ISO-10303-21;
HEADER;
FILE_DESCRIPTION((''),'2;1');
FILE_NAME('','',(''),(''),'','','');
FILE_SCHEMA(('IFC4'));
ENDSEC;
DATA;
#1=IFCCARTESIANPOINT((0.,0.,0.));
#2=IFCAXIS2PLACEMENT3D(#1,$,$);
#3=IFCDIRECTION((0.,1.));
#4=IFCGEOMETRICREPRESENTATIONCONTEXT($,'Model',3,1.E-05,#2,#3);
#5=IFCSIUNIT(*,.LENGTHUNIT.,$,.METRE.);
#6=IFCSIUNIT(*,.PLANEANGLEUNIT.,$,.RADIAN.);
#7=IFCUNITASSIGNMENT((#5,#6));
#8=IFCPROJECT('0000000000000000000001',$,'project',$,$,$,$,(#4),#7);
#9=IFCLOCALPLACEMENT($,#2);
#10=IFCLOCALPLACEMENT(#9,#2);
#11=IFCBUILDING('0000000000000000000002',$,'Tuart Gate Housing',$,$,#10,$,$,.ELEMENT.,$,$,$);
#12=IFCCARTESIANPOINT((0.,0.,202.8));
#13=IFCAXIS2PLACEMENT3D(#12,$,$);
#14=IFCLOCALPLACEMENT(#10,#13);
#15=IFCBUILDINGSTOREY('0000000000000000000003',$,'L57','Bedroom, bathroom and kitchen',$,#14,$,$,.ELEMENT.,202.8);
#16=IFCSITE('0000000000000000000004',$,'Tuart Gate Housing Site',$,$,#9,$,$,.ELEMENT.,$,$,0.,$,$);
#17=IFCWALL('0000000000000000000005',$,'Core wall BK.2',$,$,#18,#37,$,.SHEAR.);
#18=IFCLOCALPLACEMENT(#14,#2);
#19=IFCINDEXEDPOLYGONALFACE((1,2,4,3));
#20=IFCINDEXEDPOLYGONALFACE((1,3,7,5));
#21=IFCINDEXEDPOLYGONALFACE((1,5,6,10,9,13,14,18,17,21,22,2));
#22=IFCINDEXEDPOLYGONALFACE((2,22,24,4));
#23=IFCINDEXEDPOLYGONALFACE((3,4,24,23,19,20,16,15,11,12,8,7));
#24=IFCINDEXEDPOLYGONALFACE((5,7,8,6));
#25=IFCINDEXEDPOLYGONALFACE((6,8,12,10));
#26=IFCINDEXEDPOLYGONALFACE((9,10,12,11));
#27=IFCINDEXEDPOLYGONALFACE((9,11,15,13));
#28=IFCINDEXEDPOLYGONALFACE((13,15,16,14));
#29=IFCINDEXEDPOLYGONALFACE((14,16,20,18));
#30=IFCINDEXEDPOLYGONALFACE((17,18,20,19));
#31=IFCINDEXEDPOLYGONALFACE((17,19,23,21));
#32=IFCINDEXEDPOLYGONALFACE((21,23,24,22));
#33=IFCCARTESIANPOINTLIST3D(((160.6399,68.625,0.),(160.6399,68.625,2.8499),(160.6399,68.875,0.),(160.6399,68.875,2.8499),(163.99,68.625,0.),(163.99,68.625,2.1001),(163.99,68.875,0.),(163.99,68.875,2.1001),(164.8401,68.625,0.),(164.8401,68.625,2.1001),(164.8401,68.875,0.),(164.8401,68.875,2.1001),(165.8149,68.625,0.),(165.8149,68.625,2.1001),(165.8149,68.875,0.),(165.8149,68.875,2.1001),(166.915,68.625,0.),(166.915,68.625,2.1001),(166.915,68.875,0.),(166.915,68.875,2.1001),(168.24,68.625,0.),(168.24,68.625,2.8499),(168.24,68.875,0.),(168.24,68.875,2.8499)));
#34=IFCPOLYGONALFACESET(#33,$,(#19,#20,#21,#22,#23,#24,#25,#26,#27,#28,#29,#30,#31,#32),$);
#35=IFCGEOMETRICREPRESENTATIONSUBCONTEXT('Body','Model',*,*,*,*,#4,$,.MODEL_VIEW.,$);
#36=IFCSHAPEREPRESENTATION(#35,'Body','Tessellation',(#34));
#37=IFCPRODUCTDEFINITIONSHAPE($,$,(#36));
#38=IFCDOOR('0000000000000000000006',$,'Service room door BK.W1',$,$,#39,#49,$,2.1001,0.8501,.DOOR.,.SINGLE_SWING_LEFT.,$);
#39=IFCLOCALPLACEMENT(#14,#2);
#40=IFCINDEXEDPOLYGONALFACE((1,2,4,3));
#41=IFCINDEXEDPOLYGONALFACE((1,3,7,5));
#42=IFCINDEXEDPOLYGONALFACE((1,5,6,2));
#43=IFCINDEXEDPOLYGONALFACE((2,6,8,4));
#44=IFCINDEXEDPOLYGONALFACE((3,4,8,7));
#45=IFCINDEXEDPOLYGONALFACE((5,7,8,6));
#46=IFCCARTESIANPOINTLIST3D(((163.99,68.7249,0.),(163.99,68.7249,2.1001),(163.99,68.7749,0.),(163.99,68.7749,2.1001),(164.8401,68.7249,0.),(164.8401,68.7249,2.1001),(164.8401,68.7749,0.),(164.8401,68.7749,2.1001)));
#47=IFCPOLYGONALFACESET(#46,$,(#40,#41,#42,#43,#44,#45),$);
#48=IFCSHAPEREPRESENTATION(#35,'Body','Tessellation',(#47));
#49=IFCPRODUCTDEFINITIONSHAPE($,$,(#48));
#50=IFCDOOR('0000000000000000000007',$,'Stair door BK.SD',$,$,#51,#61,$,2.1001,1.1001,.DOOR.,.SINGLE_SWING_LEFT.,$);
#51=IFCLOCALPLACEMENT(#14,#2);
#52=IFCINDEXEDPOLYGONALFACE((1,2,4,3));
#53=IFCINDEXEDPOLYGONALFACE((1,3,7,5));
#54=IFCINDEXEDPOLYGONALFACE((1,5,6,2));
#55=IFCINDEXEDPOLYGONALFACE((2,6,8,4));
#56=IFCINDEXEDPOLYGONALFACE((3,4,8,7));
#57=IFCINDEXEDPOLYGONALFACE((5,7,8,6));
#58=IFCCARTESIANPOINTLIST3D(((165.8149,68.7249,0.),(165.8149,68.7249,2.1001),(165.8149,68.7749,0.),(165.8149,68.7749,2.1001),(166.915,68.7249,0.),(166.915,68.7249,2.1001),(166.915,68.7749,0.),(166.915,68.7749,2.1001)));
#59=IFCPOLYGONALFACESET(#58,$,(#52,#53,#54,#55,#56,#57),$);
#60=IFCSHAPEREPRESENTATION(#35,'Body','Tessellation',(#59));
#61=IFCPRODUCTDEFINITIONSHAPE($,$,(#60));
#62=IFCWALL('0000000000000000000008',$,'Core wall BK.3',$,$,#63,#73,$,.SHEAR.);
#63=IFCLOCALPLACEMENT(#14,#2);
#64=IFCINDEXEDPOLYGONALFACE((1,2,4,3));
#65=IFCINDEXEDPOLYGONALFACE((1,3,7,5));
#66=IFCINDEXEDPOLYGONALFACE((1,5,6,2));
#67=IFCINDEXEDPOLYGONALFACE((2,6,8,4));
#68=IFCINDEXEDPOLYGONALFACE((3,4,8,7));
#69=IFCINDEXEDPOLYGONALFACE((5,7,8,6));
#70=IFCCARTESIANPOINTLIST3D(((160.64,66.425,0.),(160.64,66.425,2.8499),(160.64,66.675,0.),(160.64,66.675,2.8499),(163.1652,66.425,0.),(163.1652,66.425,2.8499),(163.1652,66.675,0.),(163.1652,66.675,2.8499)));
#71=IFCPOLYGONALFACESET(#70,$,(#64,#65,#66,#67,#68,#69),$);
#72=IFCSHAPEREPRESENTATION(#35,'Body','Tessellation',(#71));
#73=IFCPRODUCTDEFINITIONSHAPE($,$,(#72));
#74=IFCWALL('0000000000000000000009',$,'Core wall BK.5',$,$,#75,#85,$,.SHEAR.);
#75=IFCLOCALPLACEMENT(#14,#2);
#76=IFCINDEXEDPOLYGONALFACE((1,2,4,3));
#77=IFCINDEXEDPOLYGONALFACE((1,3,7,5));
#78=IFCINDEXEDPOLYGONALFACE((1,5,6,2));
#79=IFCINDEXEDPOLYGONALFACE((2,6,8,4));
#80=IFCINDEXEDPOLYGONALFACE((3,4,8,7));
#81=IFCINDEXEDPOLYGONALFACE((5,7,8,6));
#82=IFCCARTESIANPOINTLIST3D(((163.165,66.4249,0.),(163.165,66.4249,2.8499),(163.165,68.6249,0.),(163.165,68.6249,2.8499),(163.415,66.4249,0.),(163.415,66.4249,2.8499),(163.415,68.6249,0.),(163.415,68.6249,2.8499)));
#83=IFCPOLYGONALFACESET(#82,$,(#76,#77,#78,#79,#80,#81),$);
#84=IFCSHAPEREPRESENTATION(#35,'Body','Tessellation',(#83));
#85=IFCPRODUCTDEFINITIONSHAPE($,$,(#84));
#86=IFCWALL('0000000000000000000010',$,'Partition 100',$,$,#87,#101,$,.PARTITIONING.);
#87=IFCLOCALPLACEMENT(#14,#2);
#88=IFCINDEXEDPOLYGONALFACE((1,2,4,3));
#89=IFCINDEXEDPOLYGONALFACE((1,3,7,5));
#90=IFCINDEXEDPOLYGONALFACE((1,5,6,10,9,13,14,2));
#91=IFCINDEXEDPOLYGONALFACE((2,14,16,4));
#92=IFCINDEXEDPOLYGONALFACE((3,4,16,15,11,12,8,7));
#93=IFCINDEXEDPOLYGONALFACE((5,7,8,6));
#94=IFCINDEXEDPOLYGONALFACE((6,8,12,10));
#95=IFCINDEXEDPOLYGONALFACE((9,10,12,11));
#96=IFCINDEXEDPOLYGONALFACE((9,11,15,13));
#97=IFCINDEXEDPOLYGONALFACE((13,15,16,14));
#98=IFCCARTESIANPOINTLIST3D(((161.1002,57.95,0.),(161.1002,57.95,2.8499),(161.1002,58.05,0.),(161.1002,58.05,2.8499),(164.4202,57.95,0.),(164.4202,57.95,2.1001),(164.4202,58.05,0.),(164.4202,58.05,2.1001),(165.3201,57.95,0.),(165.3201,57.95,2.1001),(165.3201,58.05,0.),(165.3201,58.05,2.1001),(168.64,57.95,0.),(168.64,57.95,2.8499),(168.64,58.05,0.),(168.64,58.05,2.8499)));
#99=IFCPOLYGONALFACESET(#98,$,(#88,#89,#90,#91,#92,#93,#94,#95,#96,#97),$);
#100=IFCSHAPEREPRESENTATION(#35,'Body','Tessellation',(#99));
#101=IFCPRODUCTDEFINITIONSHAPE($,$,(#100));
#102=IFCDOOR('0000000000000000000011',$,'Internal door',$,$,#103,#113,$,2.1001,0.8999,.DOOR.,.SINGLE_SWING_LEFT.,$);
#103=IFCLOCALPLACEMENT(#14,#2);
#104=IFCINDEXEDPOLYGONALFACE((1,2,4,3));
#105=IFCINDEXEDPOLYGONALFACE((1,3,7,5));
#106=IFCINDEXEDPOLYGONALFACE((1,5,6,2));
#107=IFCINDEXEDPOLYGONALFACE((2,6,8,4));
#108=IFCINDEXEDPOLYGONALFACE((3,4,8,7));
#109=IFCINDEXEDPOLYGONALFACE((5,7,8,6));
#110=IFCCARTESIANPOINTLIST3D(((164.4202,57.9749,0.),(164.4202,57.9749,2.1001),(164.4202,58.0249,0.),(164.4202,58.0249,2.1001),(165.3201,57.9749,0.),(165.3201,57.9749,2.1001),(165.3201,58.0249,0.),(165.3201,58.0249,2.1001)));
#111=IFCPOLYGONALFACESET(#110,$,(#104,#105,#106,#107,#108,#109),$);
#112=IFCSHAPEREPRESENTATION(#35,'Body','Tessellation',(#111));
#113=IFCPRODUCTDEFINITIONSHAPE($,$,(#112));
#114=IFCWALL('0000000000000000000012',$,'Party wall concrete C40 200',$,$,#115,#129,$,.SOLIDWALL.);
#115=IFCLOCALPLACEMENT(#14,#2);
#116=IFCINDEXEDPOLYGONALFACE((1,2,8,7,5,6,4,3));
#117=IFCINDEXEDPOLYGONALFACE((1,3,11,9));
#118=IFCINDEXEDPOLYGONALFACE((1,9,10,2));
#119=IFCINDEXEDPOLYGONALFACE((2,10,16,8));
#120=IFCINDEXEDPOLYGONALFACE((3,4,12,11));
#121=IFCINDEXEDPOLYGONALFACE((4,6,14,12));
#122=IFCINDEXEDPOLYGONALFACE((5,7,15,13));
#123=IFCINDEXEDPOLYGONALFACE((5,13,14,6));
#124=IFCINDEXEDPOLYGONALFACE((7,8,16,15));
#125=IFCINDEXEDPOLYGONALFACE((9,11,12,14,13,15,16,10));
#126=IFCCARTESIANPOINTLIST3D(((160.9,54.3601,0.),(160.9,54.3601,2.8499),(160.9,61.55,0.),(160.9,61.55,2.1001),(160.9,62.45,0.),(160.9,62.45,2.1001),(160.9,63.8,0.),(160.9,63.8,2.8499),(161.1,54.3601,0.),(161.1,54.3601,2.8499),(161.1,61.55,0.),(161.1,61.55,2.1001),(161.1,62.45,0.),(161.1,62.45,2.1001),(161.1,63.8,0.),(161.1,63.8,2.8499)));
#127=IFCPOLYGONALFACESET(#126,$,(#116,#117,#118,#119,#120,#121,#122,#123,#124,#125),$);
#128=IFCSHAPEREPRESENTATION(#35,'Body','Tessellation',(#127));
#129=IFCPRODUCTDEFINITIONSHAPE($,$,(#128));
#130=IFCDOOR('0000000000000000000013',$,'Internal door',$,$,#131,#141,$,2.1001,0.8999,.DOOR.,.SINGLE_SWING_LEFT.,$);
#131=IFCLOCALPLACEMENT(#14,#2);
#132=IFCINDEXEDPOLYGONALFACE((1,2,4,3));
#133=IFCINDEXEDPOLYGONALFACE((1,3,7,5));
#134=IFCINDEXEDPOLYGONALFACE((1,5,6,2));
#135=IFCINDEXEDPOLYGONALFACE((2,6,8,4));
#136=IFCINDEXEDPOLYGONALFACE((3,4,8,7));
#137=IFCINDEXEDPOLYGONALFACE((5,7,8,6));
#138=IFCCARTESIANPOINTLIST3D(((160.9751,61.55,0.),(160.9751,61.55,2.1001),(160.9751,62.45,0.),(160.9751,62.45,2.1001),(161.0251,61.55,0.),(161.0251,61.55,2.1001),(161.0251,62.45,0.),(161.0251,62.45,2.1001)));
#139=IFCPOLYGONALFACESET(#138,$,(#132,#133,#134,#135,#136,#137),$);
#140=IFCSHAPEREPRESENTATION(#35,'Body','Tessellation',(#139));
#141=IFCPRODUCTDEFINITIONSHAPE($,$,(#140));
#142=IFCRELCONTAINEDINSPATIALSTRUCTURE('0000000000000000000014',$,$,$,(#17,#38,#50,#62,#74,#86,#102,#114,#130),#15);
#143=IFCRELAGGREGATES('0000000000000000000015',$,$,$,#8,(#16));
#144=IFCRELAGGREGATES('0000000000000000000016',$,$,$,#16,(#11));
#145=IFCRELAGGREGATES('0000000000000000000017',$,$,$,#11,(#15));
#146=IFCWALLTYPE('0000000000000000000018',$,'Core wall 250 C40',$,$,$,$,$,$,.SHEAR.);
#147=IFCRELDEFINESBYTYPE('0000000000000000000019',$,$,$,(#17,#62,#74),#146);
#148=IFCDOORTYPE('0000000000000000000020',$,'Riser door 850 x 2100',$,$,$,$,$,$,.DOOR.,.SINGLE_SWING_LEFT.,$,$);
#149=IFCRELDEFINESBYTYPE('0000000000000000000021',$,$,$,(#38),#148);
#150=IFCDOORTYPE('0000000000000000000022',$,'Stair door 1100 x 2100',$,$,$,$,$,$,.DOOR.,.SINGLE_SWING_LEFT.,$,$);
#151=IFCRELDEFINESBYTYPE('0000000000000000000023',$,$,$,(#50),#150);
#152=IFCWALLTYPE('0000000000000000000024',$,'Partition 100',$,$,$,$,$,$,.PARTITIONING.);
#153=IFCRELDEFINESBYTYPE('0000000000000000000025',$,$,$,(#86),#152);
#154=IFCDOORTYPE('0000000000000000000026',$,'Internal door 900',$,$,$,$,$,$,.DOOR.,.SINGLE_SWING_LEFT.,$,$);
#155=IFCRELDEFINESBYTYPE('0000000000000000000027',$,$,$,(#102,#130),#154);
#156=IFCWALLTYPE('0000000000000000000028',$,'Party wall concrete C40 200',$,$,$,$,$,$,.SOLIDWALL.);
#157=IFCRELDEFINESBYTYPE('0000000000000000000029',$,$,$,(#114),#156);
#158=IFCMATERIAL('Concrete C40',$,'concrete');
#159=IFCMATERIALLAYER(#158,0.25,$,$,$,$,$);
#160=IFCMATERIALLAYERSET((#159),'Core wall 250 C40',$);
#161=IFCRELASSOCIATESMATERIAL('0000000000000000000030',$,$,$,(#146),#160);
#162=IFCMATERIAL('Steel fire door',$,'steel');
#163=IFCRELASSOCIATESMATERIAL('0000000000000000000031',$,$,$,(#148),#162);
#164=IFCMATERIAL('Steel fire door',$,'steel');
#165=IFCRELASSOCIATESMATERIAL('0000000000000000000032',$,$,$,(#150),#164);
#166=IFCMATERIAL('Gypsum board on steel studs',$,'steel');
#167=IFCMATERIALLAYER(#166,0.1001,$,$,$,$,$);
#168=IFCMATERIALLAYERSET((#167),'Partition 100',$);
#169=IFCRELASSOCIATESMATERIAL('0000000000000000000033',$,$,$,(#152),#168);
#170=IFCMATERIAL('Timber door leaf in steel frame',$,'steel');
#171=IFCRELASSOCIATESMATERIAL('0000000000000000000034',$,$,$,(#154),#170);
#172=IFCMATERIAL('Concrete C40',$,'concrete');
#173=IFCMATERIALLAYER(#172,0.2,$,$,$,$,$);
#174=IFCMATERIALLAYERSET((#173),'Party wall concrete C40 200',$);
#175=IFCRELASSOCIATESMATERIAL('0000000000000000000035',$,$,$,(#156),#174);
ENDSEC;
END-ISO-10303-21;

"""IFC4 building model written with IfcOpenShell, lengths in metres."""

from ifc_helpers import new_model, si_unit, direction, frame, frame_2d, origin, place, context, subcontext, project, spatial, rectangle, extrude, material, layer, layer_set, type_object, element, fill, save


model = new_model("IFC4")

# Units and contexts
model_context = context("Model", 3, precision=1e-05, world=origin(), true_north=direction((0.0, 1.0)))
body_context = subcontext(model_context, "Body", "Model", "MODEL_VIEW")
ifc_project = project(units=[si_unit("LENGTHUNIT", "METRE"), si_unit("PLANEANGLEUNIT", "RADIAN")], contexts=[model_context])

# Site, building, storey
site_placement = place(None, origin())
site = spatial("IfcSite", under=ifc_project, at=site_placement, Name="Tuart Gate Housing Site", CompositionType="ELEMENT", RefElevation=0.0)
building_placement = place(site_placement, origin())
building = spatial("IfcBuilding", under=site, at=building_placement, Name="Tuart Gate Housing", CompositionType="ELEMENT")
storey_placement = place(building_placement, frame((0.0, 0.0, 202.8)))
storey = spatial("IfcBuildingStorey", under=building, at=storey_placement, Name="L57", Description="Bedroom, bathroom and kitchen", CompositionType="ELEMENT", Elevation=202.8)

# Wall, openings, doors
ifc_material_1 = material(Name="Concrete C40", Category="concrete")
ifc_layer_1 = layer(ifc_material_1, 0.25)
ifc_layer_set_1 = layer_set([ifc_layer_1], Name="Core wall 250 C40")
wall_type_1 = type_object("IfcWallType", Name="Core wall 250 C40", PredefinedType="SHEAR", material=ifc_layer_set_1)
wall_1_placement = place(storey_placement, frame((160.6399, 68.75, 0.0), z_axis=(0.0, 0.0, 1.0), x_axis=(1.0, 0.0, 0.0)))
wall_1 = element("IfcWall", 1, at=wall_1_placement, inside=storey, type_object=wall_type_1, Name="Core wall BK.2", PredefinedType="SHEAR", context=body_context, shape_type="SweptSolid", body=[
    extrude(rectangle(XDim=7.6001, YDim=0.25, at=frame_2d((3.8, 0.0))), origin(), (0.0, 0.0, 1.0), 2.8499),
])
opening_1_placement = place(wall_1_placement, frame((5.175, 0.0, 0.0)))
opening_1 = element("IfcOpeningElement", 2, at=opening_1_placement, cuts=wall_1, PredefinedType="OPENING", context=body_context, shape_type="SweptSolid", body=[
    extrude(rectangle(XDim=1.1001, YDim=2.1001, at=frame_2d((0.55, 1.05))), frame((0.0, 0.135, 0.0), z_axis=(0.0, -1.0, 0.0), x_axis=(1.0, 0.0, 0.0)), (0.0, 0.0, 1.0), 0.27),
])
opening_2_placement = place(wall_1_placement, frame((3.3501, 0.0, 0.0)))
opening_2 = element("IfcOpeningElement", 3, at=opening_2_placement, cuts=wall_1, PredefinedType="OPENING", context=body_context, shape_type="SweptSolid", body=[
    extrude(rectangle(XDim=0.8501, YDim=2.1001, at=frame_2d((0.425, 1.05))), frame((0.0, 0.135, 0.0), z_axis=(0.0, -1.0, 0.0), x_axis=(1.0, 0.0, 0.0)), (0.0, 0.0, 1.0), 0.27),
])
ifc_material_2 = material(Name="Steel fire door", Category="steel")
door_type_1 = type_object("IfcDoorType", Name="Riser door 850 x 2100", OperationType="SINGLE_SWING_LEFT", PredefinedType="DOOR", material=ifc_material_2)
door_1_placement = place(opening_2_placement, origin())
door_1 = element("IfcDoor", 4, at=door_1_placement, inside=storey, type_object=door_type_1, Name="Service room door BK.W1", OperationType="SINGLE_SWING_LEFT", OverallHeight=2.1001, OverallWidth=0.8501, PredefinedType="DOOR", context=body_context, shape_type="SweptSolid", body=[
    extrude(rectangle(XDim=0.8501, YDim=2.1001, at=frame_2d((0.425, 1.05))), frame((0.0, 0.0249, 0.0), z_axis=(0.0, -1.0, 0.0), x_axis=(1.0, 0.0, 0.0)), (0.0, 0.0, 1.0), 0.05),
])
fill(opening_2, door_1)
ifc_material_3 = material(Name="Steel fire door", Category="steel")
door_type_2 = type_object("IfcDoorType", Name="Stair door 1100 x 2100", OperationType="SINGLE_SWING_LEFT", PredefinedType="DOOR", material=ifc_material_3)
door_2_placement = place(opening_1_placement, origin())
door_2 = element("IfcDoor", 5, at=door_2_placement, inside=storey, type_object=door_type_2, Name="Stair door BK.SD", OperationType="SINGLE_SWING_LEFT", OverallHeight=2.1001, OverallWidth=1.1001, PredefinedType="DOOR", context=body_context, shape_type="SweptSolid", body=[
    extrude(rectangle(XDim=1.1001, YDim=2.1001, at=frame_2d((0.55, 1.05))), frame((0.0, 0.0249, 0.0), z_axis=(0.0, -1.0, 0.0), x_axis=(1.0, 0.0, 0.0)), (0.0, 0.0, 1.0), 0.05),
])
fill(opening_1, door_2)

# Walls
wall_2_placement = place(storey_placement, frame((160.6399, 66.55, 0.0), z_axis=(0.0, 0.0, 1.0), x_axis=(1.0, 0.0, 0.0)))
element("IfcWall", 6, at=wall_2_placement, inside=storey, type_object=wall_type_1, Name="Core wall BK.3", PredefinedType="SHEAR", context=body_context, shape_type="SweptSolid", body=[
    extrude(rectangle(XDim=2.5251, YDim=0.25, at=frame_2d((1.2627, 0.0))), origin(), (0.0, 0.0, 1.0), 2.8499),
])
wall_3_placement = place(storey_placement, frame((163.29, 68.625, 0.0), z_axis=(0.0, 0.0, 1.0), x_axis=(0.0, -1.0, 0.0)))
element("IfcWall", 7, at=wall_3_placement, inside=storey, type_object=wall_type_1, Name="Core wall BK.5", PredefinedType="SHEAR", context=body_context, shape_type="SweptSolid", body=[
    extrude(rectangle(XDim=2.2, YDim=0.25, at=frame_2d((1.1001, 0.0))), origin(), (0.0, 0.0, 1.0), 2.8499),
])

# Walls, openings, doors
ifc_material_4 = material(Name="Gypsum board on steel studs", Category="steel")
ifc_layer_2 = layer(ifc_material_4, 0.1001)
ifc_layer_set_2 = layer_set([ifc_layer_2], Name="Partition 100")
wall_type_2 = type_object("IfcWallType", Name="Partition 100", PredefinedType="PARTITIONING", material=ifc_layer_set_2)
wall_4_placement = place(storey_placement, frame((161.1001, 58.0, 0.0), z_axis=(0.0, 0.0, 1.0), x_axis=(1.0, 0.0, 0.0)))
wall_4 = element("IfcWall", 8, at=wall_4_placement, inside=storey, type_object=wall_type_2, Name="Partition 100", PredefinedType="PARTITIONING", context=body_context, shape_type="SweptSolid", body=[
    extrude(rectangle(XDim=7.5398, YDim=0.1001, at=frame_2d((3.77, 0.0))), origin(), (0.0, 0.0, 1.0), 2.8499),
])
opening_3_placement = place(wall_4_placement, frame((3.3201, 0.0, 0.0)))
opening_3 = element("IfcOpeningElement", 9, at=opening_3_placement, cuts=wall_4, PredefinedType="OPENING", context=body_context, shape_type="SweptSolid", body=[
    extrude(rectangle(XDim=0.8999, YDim=2.1001, at=frame_2d((0.45, 1.05))), frame((0.0, 0.0601, 0.0), z_axis=(0.0, -1.0, 0.0), x_axis=(1.0, 0.0, 0.0)), (0.0, 0.0, 1.0), 0.1201),
])
ifc_material_5 = material(Name="Timber door leaf in steel frame", Category="steel")
door_type_3 = type_object("IfcDoorType", Name="Internal door 900", OperationType="SINGLE_SWING_LEFT", PredefinedType="DOOR", material=ifc_material_5)
door_3_placement = place(opening_3_placement, frame((0.8999, 0.0, 0.0), z_axis=(0.0, 0.0, 1.0), x_axis=(-1.0, 0.0, 0.0)))
door_3 = element("IfcDoor", 10, at=door_3_placement, inside=storey, type_object=door_type_3, Name="Internal door", OperationType="SINGLE_SWING_LEFT", OverallHeight=2.1001, OverallWidth=0.8999, PredefinedType="DOOR", context=body_context, shape_type="SweptSolid", body=[
    extrude(rectangle(XDim=0.8999, YDim=2.1001, at=frame_2d((0.45, 1.05))), frame((0.0, 0.0251, 0.0), z_axis=(0.0, -1.0, 0.0), x_axis=(1.0, 0.0, 0.0)), (0.0, 0.0, 1.0), 0.05),
])
fill(opening_3, door_3)
ifc_material_6 = material(Name="Concrete C40", Category="concrete")
ifc_layer_3 = layer(ifc_material_6, 0.2)
ifc_layer_set_3 = layer_set([ifc_layer_3], Name="Party wall concrete C40 200")
wall_type_3 = type_object("IfcWallType", Name="Party wall concrete C40 200", PredefinedType="SOLIDWALL", material=ifc_layer_set_3)
wall_5_placement = place(storey_placement, frame((161.0, 54.3601, 0.0), z_axis=(0.0, 0.0, 1.0), x_axis=(0.0, 1.0, 0.0)))
wall_5 = element("IfcWall", 11, at=wall_5_placement, inside=storey, type_object=wall_type_3, Name="Party wall concrete C40 200", PredefinedType="SOLIDWALL", context=body_context, shape_type="SweptSolid", body=[
    extrude(rectangle(XDim=9.4399, YDim=0.2, at=frame_2d((4.72, 0.0))), origin(), (0.0, 0.0, 1.0), 2.8499),
])
opening_4_placement = place(wall_5_placement, frame((7.1899, 0.0, 0.0)))
opening_4 = element("IfcOpeningElement", 12, at=opening_4_placement, cuts=wall_5, PredefinedType="OPENING", context=body_context, shape_type="SweptSolid", body=[
    extrude(rectangle(XDim=0.8999, YDim=2.1001, at=frame_2d((0.45, 1.05))), frame((0.0, 0.1099, 0.0), z_axis=(0.0, -1.0, 0.0), x_axis=(1.0, 0.0, 0.0)), (0.0, 0.0, 1.0), 0.22),
])
door_4_placement = place(opening_4_placement, origin())
door_4 = element("IfcDoor", 13, at=door_4_placement, inside=storey, type_object=door_type_3, Name="Internal door", OperationType="SINGLE_SWING_LEFT", OverallHeight=2.1001, OverallWidth=0.8999, PredefinedType="DOOR", context=body_context, shape_type="SweptSolid", body=[
    extrude(rectangle(XDim=0.8999, YDim=2.1001, at=frame_2d((0.45, 1.05))), frame((0.0, 0.0249, 0.0), z_axis=(0.0, -1.0, 0.0), x_axis=(1.0, 0.0, 0.0)), (0.0, 0.0, 1.0), 0.05),
])
fill(opening_4, door_4)

save(model, "model.ifc")
